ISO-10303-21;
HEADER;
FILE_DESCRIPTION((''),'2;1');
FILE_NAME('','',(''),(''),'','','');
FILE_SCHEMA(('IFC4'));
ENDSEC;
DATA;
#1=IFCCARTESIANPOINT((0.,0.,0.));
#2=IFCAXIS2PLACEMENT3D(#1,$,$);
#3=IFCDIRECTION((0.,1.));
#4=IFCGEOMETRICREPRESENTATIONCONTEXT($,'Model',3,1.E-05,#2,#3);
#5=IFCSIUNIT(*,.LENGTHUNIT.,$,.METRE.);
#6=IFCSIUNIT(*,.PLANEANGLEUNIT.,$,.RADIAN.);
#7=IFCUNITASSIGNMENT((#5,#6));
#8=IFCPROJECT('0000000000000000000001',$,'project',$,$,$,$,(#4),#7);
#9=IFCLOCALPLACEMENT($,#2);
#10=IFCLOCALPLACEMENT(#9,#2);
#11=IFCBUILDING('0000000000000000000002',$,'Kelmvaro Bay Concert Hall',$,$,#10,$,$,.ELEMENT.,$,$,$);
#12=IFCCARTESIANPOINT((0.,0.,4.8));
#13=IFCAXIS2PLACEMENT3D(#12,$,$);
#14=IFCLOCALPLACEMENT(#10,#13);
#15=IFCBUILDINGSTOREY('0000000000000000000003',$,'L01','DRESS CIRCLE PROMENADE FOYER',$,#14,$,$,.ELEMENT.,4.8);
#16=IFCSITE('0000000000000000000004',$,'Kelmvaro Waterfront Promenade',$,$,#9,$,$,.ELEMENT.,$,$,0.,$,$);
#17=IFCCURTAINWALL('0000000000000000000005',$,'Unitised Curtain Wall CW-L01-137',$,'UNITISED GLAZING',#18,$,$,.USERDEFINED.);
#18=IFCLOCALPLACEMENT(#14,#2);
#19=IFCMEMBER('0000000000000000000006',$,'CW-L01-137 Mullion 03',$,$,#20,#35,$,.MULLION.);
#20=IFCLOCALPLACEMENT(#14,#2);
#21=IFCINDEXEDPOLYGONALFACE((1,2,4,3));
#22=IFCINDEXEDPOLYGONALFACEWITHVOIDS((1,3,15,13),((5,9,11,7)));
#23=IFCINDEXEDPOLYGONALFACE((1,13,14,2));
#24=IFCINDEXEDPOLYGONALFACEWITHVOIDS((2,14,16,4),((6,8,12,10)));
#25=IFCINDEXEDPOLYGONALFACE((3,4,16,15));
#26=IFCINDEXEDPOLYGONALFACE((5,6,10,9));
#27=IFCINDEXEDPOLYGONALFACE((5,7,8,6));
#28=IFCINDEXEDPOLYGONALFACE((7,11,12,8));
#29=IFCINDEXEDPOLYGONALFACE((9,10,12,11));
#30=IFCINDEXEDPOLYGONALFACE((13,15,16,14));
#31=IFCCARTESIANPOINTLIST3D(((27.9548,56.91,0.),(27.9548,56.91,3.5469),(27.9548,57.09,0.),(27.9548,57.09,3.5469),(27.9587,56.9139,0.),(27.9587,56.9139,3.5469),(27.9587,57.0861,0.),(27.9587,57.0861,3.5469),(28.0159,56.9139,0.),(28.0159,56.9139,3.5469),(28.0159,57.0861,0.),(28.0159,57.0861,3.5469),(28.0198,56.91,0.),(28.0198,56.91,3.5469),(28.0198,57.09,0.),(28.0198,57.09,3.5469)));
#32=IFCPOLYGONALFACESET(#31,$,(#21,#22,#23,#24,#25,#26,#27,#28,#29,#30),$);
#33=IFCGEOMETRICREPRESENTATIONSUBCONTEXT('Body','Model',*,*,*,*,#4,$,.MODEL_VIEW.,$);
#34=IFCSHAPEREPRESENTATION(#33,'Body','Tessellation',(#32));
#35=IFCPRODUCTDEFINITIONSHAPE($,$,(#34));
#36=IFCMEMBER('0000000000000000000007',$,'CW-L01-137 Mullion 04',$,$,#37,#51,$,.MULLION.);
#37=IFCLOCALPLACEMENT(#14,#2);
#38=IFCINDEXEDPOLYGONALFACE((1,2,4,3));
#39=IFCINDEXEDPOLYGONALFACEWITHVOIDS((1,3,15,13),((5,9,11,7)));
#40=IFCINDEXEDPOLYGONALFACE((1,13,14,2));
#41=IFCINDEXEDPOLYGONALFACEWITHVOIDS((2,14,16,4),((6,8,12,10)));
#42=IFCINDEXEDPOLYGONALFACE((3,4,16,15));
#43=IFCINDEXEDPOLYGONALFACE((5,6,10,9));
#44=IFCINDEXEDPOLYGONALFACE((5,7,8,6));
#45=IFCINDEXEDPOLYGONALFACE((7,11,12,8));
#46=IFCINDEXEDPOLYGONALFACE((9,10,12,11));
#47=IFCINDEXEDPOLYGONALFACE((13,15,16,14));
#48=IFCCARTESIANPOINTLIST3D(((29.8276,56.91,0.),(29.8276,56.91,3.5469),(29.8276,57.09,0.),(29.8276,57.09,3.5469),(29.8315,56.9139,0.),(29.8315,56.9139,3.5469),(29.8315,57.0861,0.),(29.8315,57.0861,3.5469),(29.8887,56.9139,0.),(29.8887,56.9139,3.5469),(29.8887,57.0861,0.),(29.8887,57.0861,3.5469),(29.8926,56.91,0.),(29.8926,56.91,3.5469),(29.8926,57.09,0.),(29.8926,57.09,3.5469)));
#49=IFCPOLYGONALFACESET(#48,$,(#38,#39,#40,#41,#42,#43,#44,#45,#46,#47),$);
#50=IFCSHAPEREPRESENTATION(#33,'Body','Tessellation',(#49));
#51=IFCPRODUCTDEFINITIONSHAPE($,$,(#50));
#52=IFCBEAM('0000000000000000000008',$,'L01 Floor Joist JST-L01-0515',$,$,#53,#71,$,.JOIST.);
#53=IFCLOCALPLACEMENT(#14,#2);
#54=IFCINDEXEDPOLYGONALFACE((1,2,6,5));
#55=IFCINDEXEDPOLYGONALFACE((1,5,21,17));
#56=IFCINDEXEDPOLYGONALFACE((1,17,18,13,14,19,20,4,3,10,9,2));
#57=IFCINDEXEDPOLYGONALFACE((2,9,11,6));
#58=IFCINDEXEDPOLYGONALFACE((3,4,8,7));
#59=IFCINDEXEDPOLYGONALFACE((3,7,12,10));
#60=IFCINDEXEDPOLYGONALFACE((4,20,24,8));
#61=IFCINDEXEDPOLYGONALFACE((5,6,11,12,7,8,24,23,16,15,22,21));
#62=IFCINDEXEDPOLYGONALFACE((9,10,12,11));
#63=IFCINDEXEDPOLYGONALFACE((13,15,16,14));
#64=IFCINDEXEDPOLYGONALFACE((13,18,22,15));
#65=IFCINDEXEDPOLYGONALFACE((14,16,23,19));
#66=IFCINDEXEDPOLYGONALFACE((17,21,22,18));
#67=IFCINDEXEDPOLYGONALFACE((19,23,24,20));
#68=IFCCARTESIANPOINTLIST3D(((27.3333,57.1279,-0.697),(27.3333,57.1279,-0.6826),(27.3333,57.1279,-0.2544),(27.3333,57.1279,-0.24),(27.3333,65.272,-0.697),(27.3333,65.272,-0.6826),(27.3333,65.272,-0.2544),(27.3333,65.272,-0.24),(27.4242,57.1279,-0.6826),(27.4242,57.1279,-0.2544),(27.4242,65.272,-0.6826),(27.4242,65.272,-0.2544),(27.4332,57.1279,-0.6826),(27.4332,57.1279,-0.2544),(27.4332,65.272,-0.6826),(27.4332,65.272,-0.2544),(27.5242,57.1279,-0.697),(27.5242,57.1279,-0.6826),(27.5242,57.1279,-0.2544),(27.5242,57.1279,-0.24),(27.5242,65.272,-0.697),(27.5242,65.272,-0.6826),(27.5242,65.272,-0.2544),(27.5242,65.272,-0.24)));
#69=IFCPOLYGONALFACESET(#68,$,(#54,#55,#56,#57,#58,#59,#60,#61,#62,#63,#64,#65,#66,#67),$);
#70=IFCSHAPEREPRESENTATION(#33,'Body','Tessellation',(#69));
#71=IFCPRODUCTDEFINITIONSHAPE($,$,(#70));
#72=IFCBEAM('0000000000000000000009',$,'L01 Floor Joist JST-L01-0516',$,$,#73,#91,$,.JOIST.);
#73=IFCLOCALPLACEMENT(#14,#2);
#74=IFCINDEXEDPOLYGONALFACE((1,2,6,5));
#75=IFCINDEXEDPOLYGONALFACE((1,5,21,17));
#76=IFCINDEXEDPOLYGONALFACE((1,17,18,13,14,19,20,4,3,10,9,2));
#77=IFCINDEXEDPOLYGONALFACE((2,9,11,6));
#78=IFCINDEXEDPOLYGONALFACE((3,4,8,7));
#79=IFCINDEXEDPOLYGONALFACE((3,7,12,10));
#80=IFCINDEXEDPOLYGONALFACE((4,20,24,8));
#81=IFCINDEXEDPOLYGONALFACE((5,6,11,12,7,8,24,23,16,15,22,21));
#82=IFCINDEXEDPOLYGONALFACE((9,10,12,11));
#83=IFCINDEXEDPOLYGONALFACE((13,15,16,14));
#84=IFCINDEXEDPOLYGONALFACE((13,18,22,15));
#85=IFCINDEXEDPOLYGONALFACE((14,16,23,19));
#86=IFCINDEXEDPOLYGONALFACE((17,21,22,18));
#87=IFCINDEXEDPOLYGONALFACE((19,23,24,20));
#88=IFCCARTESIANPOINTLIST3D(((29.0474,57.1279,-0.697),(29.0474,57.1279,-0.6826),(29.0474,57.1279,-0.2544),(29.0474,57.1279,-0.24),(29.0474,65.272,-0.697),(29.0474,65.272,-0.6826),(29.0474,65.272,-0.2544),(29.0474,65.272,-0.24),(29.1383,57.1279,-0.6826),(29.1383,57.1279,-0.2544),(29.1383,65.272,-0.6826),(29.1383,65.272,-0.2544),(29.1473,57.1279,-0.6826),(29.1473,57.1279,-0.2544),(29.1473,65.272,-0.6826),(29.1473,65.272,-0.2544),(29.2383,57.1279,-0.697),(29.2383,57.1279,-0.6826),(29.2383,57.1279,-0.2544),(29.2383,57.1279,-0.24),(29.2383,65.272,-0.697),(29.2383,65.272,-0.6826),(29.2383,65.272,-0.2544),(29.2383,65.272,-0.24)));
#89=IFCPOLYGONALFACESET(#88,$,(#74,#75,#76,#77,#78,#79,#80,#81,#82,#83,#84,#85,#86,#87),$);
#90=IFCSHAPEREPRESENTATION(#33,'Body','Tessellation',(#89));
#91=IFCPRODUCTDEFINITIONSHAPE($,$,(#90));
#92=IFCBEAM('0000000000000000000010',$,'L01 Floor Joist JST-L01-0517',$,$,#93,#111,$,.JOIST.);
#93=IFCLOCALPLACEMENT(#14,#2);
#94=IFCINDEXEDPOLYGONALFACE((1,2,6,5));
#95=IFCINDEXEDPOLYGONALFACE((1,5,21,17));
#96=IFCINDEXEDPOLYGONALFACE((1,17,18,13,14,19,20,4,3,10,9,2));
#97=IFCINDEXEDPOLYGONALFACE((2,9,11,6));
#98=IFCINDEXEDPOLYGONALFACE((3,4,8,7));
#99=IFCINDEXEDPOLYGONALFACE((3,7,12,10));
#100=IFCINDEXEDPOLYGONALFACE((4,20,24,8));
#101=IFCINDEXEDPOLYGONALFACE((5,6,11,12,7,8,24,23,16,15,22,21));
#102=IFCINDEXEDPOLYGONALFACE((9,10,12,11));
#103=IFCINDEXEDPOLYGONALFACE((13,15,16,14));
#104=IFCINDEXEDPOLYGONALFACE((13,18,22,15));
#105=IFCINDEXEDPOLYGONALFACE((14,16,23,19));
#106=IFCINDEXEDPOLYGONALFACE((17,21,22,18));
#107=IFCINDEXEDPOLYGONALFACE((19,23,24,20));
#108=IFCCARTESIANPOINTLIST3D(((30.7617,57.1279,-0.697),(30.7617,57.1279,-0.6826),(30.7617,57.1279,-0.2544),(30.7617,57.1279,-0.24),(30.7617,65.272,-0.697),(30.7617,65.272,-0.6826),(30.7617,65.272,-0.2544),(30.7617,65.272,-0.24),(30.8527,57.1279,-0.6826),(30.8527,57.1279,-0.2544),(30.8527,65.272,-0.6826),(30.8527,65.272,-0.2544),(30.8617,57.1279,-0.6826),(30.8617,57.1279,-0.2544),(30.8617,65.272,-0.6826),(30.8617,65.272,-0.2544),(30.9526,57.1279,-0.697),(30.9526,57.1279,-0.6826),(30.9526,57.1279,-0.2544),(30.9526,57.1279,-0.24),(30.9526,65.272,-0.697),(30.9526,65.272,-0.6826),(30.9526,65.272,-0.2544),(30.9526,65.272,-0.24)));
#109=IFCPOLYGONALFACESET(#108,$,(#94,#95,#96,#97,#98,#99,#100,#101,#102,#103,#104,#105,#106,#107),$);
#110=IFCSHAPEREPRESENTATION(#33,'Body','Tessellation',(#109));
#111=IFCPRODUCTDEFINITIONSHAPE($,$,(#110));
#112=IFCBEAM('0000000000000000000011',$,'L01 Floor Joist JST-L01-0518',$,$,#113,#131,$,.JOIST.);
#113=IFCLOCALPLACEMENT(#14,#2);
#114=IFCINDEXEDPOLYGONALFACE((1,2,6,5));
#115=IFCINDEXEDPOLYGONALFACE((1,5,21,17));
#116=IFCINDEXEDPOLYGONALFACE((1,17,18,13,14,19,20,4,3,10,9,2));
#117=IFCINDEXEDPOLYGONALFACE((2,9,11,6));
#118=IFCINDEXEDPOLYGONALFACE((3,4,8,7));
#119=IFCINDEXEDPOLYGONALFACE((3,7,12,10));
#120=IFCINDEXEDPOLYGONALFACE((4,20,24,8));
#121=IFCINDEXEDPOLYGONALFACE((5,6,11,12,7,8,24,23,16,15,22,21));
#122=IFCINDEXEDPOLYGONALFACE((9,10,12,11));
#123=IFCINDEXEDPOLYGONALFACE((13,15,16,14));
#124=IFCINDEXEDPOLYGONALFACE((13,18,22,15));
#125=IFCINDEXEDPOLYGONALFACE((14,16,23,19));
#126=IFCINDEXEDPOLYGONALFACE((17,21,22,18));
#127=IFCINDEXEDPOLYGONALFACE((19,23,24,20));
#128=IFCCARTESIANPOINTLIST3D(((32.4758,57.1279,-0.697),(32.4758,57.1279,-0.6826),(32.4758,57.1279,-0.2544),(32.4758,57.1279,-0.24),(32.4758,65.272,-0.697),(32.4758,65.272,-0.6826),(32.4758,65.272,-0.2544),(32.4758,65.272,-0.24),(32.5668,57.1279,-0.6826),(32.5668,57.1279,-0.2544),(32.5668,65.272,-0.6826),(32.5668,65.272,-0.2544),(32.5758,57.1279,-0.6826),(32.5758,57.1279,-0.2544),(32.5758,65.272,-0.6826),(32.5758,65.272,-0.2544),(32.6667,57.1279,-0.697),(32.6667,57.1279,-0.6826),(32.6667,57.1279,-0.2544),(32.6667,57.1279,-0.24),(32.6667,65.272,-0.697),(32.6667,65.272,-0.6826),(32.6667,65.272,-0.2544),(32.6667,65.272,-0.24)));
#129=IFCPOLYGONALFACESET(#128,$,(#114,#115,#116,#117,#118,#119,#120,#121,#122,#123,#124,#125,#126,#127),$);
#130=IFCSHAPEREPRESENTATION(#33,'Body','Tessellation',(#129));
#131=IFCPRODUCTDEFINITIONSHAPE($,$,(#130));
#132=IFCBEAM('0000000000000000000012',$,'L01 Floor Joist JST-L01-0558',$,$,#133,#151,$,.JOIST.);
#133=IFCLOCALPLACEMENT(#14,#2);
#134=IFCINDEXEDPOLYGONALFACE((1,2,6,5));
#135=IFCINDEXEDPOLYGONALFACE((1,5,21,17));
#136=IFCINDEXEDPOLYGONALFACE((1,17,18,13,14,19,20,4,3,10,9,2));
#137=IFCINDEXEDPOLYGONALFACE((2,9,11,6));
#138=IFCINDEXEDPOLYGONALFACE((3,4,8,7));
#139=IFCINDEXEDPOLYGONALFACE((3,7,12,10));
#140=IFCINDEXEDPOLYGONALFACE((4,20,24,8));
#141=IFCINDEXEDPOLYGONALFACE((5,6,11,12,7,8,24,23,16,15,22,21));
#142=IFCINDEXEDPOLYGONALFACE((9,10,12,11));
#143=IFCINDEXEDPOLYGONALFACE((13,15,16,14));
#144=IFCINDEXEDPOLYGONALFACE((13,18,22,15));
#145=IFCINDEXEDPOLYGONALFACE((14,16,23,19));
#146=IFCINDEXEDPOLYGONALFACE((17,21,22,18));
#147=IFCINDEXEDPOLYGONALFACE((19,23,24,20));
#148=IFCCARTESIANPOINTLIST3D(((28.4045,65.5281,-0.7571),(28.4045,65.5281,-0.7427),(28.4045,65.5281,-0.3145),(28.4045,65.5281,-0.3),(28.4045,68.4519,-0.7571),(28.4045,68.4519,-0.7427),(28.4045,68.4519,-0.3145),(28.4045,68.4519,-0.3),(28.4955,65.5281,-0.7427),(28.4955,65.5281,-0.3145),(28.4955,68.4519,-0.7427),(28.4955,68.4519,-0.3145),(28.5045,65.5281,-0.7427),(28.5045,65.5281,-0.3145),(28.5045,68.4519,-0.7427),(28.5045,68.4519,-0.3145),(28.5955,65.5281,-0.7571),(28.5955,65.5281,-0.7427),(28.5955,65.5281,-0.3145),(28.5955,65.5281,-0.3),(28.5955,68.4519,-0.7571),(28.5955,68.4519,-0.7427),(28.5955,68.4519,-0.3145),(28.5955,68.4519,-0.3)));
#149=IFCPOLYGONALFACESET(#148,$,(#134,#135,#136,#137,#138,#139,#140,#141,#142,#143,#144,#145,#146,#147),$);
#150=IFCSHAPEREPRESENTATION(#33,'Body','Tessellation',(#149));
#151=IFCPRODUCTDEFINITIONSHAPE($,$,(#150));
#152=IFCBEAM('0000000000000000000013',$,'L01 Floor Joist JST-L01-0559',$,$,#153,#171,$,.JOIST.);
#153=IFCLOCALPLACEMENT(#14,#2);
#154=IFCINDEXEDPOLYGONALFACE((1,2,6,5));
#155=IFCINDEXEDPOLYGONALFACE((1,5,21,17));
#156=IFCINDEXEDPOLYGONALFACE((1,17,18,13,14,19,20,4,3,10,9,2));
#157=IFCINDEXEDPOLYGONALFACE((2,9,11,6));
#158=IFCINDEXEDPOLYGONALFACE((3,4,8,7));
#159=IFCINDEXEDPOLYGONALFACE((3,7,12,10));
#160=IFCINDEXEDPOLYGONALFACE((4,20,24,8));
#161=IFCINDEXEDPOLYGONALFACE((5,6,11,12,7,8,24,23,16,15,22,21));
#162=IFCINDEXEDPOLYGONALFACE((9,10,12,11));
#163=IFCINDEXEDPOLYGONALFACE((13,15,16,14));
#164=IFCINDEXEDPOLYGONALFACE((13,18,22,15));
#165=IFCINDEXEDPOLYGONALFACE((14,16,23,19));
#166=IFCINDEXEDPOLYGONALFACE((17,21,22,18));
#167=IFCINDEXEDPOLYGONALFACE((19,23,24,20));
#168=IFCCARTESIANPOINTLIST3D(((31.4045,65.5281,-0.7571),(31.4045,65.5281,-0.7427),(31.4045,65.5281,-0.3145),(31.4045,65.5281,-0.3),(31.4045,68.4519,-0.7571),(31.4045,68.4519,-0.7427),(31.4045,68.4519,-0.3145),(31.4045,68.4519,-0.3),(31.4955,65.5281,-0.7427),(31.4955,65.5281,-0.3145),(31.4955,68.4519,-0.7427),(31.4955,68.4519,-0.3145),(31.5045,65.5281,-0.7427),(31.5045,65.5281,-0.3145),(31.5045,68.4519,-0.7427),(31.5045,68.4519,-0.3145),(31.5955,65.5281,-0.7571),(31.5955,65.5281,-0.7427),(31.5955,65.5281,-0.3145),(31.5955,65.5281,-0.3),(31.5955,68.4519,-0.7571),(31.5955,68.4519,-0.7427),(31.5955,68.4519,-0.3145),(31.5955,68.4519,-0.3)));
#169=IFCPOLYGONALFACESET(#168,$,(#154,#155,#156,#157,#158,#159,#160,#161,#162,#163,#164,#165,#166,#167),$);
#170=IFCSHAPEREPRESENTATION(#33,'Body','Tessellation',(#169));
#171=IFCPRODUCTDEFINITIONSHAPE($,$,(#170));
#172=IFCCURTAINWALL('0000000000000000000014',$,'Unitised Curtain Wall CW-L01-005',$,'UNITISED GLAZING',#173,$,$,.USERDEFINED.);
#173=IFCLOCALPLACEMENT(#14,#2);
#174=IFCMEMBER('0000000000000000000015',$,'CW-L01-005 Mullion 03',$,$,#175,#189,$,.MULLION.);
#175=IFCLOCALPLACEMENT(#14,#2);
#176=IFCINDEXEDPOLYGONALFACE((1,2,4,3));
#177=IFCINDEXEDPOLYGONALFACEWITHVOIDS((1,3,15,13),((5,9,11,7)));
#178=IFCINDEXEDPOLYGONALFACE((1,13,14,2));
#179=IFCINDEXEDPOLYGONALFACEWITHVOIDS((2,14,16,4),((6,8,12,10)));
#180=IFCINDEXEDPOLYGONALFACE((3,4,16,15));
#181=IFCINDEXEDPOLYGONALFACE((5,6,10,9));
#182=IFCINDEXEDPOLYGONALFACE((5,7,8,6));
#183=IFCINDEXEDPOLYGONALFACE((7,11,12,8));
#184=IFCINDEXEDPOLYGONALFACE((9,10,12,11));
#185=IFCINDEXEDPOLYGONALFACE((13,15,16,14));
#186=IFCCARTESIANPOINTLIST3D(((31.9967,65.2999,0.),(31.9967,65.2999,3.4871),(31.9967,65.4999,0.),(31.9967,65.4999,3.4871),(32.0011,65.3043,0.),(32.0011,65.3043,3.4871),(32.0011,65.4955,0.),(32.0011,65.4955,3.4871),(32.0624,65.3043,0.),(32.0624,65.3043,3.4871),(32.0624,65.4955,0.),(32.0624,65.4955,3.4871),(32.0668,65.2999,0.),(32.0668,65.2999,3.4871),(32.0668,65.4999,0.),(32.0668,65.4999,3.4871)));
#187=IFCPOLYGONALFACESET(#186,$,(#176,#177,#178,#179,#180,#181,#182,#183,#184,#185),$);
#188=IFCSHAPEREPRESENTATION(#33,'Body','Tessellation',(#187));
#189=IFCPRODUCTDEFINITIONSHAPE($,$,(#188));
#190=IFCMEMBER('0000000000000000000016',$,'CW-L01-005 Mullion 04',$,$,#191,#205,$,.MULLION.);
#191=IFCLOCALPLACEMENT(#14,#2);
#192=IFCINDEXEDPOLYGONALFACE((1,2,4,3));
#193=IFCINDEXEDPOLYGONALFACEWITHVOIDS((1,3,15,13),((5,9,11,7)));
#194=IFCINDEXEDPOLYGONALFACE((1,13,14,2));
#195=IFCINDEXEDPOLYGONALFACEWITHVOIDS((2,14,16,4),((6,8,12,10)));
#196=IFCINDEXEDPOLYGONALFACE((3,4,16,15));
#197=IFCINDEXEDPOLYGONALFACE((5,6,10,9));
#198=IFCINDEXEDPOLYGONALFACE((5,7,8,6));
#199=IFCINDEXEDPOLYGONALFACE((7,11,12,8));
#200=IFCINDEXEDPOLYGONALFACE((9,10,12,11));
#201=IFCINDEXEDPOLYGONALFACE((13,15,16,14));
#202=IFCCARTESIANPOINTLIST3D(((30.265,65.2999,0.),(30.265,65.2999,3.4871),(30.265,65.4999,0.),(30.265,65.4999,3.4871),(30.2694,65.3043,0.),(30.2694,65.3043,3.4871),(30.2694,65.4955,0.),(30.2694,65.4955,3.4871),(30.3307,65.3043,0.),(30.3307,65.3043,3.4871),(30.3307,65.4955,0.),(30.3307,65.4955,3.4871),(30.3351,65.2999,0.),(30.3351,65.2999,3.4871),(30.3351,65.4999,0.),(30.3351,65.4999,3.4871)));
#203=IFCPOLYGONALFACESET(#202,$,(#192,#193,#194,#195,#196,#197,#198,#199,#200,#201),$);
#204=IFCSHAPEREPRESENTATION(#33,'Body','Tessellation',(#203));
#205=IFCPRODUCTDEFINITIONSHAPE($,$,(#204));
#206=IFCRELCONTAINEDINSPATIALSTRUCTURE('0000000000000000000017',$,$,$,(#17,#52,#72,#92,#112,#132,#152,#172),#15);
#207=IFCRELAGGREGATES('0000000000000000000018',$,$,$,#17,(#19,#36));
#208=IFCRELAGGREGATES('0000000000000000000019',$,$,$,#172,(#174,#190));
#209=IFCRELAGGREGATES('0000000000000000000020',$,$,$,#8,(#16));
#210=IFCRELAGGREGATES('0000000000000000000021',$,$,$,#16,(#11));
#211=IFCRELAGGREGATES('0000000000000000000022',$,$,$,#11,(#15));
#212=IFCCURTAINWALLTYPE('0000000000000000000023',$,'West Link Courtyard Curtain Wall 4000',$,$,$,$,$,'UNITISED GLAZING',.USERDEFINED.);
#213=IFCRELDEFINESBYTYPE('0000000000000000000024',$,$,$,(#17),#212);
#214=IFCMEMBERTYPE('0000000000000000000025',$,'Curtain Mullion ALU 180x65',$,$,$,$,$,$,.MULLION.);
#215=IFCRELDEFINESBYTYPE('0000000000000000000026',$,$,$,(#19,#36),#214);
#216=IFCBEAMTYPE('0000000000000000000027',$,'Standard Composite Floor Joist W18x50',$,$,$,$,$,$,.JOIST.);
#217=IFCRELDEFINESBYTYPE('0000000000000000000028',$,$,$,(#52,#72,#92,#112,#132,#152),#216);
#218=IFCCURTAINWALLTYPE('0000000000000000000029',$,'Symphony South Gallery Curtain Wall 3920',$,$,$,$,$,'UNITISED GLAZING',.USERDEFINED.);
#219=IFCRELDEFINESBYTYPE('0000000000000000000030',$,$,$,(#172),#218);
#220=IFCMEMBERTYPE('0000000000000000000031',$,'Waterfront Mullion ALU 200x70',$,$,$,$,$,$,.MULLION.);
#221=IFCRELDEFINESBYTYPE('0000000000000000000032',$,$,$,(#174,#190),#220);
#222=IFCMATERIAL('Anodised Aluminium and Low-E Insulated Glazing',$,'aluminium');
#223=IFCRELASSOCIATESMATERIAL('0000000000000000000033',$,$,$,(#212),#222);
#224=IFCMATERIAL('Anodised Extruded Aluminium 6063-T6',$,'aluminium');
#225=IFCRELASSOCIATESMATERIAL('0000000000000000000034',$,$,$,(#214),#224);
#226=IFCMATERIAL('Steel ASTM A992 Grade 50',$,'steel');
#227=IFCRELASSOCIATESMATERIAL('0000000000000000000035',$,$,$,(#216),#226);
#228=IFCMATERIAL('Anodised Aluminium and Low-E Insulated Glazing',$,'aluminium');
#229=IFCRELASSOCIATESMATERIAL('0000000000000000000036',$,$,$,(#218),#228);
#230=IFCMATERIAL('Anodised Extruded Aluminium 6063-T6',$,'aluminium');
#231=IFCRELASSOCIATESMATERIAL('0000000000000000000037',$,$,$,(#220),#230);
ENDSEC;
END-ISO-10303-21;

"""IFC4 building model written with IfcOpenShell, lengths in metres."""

from ifc_helpers import new_model, si_unit, direction, frame, origin, origin_2d, place, context, subcontext, project, spatial, hollow_rectangle, i_section, extrude, material, material_profile, profile_set, type_object, element, aggregate, save


model = new_model("IFC4")

# Units and contexts
model_context = context("Model", 3, precision=1e-05, world=origin(), true_north=direction((0.0, 1.0)))
body_context = subcontext(model_context, "Body", "Model", "MODEL_VIEW")
ifc_project = project(units=[si_unit("LENGTHUNIT", "METRE"), si_unit("PLANEANGLEUNIT", "RADIAN")], contexts=[model_context])

# Site, building, storey
site_placement = place(None, origin())
site = spatial("IfcSite", under=ifc_project, at=site_placement, Name="Kelmvaro Waterfront Promenade", CompositionType="ELEMENT", RefElevation=0.0)
building_placement = place(site_placement, origin())
building = spatial("IfcBuilding", under=site, at=building_placement, Name="Kelmvaro Bay Concert Hall", CompositionType="ELEMENT")
storey_placement = place(building_placement, frame((0.0, 0.0, 4.8)))
storey = spatial("IfcBuildingStorey", under=building, at=storey_placement, Name="L01", Description="DRESS CIRCLE PROMENADE FOYER", CompositionType="ELEMENT", Elevation=4.8)

# Curtain wall, members
ifc_material_1 = material(Name="Anodised Aluminium and Low-E Insulated Glazing", Category="aluminium")
curtain_wall_type_1 = type_object("IfcCurtainWallType", Name="West Link Courtyard Curtain Wall 4000", ElementType="UNITISED GLAZING", PredefinedType="USERDEFINED", material=ifc_material_1)
curtain_wall_1_placement = place(storey_placement, origin())
curtain_wall_1 = element("IfcCurtainWall", 1, at=curtain_wall_1_placement, inside=storey, type_object=curtain_wall_type_1, Name="Unitised Curtain Wall CW-L01-137", ObjectType="UNITISED GLAZING", PredefinedType="USERDEFINED")
ifc_material_2 = material(Name="Anodised Extruded Aluminium 6063-T6", Category="aluminium")
ifc_material_profile_1 = material_profile(ifc_material_2, hollow_rectangle(XDim=0.0649, YDim=0.1799, WallThickness=0.0039, at=origin_2d()), Name="ALU-MUL-180X65")
ifc_profile_set_1 = profile_set([ifc_material_profile_1], Name="Anodised Extruded Aluminium 6063-T6")
member_type_1 = type_object("IfcMemberType", Name="Curtain Mullion ALU 180x65", PredefinedType="MULLION", material=ifc_profile_set_1)
member_1_placement = place(storey_placement, frame((27.9873, 57.0, 0.0), z_axis=(0.0, 0.0, 1.0), x_axis=(1.0, 0.0, 0.0)))
member_1 = element("IfcMember", 2, at=member_1_placement, type_object=member_type_1, Name="CW-L01-137 Mullion 03", PredefinedType="MULLION", context=body_context, shape_type="SweptSolid", body=[
    extrude(hollow_rectangle(XDim=0.0649, YDim=0.1799, WallThickness=0.0039, at=origin_2d()), origin(), (0.0, 0.0, 1.0), 3.5469),
])
member_2_placement = place(storey_placement, frame((29.8601, 57.0, 0.0), z_axis=(0.0, 0.0, 1.0), x_axis=(1.0, 0.0, 0.0)))
member_2 = element("IfcMember", 3, at=member_2_placement, type_object=member_type_1, Name="CW-L01-137 Mullion 04", PredefinedType="MULLION", context=body_context, shape_type="SweptSolid", body=[
    extrude(hollow_rectangle(XDim=0.0649, YDim=0.1799, WallThickness=0.0039, at=origin_2d()), origin(), (0.0, 0.0, 1.0), 3.5469),
])

# Beams
ifc_material_3 = material(Name="Steel ASTM A992 Grade 50", Category="steel")
ifc_material_profile_2 = material_profile(ifc_material_3, i_section(OverallWidth=0.1909, OverallDepth=0.457, WebThickness=0.009, FlangeThickness=0.0144, at=origin_2d()), Name="W18X50")
ifc_profile_set_2 = profile_set([ifc_material_profile_2], Name="Steel ASTM A992 Grade 50")
beam_type = type_object("IfcBeamType", Name="Standard Composite Floor Joist W18x50", PredefinedType="JOIST", material=ifc_profile_set_2)
for number, where, z_axis, x_axis, name in (
    (4, (27.4287, 57.1279, -0.4685), (0.0, 1.0, 0.0), (-1.0, 0.0, 0.0), "L01 Floor Joist JST-L01-0515"),
    (5, (29.1428, 57.1279, -0.4685), (0.0, 1.0, 0.0), (-1.0, 0.0, 0.0), "L01 Floor Joist JST-L01-0516"),
    (6, (30.8572, 57.1279, -0.4685), (0.0, 1.0, 0.0), (-1.0, 0.0, 0.0), "L01 Floor Joist JST-L01-0517"),
    (7, (32.5713, 57.1279, -0.4685), (0.0, 1.0, 0.0), (-1.0, 0.0, 0.0), "L01 Floor Joist JST-L01-0518"),
):
    element("IfcBeam", number, at=place(storey_placement, frame(where, z_axis=z_axis, x_axis=x_axis)), inside=storey, type_object=beam_type, Name=name, PredefinedType="JOIST", context=body_context, shape_type="SweptSolid", body=[
        extrude(i_section(OverallWidth=0.1909, OverallDepth=0.457, WebThickness=0.009, FlangeThickness=0.0144, at=origin_2d()), origin(), (0.0, 0.0, 1.0), 8.144),
    ])
for number, where, z_axis, x_axis, name in (
    (8, (28.5, 65.5281, -0.5286), (0.0, 1.0, 0.0), (-1.0, 0.0, 0.0), "L01 Floor Joist JST-L01-0558"),
    (9, (31.5, 65.5281, -0.5286), (0.0, 1.0, 0.0), (-1.0, 0.0, 0.0), "L01 Floor Joist JST-L01-0559"),
):
    element("IfcBeam", number, at=place(storey_placement, frame(where, z_axis=z_axis, x_axis=x_axis)), inside=storey, type_object=beam_type, Name=name, PredefinedType="JOIST", context=body_context, shape_type="SweptSolid", body=[
        extrude(i_section(OverallWidth=0.1909, OverallDepth=0.457, WebThickness=0.009, FlangeThickness=0.0144, at=origin_2d()), origin(), (0.0, 0.0, 1.0), 2.9238),
    ])

# Curtain wall, members
ifc_material_4 = material(Name="Anodised Aluminium and Low-E Insulated Glazing", Category="aluminium")
curtain_wall_type_2 = type_object("IfcCurtainWallType", Name="Symphony South Gallery Curtain Wall 3920", ElementType="UNITISED GLAZING", PredefinedType="USERDEFINED", material=ifc_material_4)
curtain_wall_2_placement = place(storey_placement, origin())
curtain_wall_2 = element("IfcCurtainWall", 10, at=curtain_wall_2_placement, inside=storey, type_object=curtain_wall_type_2, Name="Unitised Curtain Wall CW-L01-005", ObjectType="UNITISED GLAZING", PredefinedType="USERDEFINED")
ifc_material_5 = material(Name="Anodised Extruded Aluminium 6063-T6", Category="aluminium")
ifc_material_profile_3 = material_profile(ifc_material_5, hollow_rectangle(XDim=0.0701, YDim=0.2, WallThickness=0.0044, at=origin_2d()), Name="ALU-MUL-200X70")
ifc_profile_set_3 = profile_set([ifc_material_profile_3], Name="Anodised Extruded Aluminium 6063-T6")
member_type_2 = type_object("IfcMemberType", Name="Waterfront Mullion ALU 200x70", PredefinedType="MULLION", material=ifc_profile_set_3)
member_3_placement = place(storey_placement, frame((32.0317, 65.3999, 0.0), z_axis=(0.0, 0.0, 1.0), x_axis=(1.0, 0.0, 0.0)))
member_3 = element("IfcMember", 11, at=member_3_placement, type_object=member_type_2, Name="CW-L01-005 Mullion 03", PredefinedType="MULLION", context=body_context, shape_type="SweptSolid", body=[
    extrude(hollow_rectangle(XDim=0.0701, YDim=0.2, WallThickness=0.0044, at=origin_2d()), origin(), (0.0, 0.0, 1.0), 3.4871),
])
member_4_placement = place(storey_placement, frame((30.3, 65.3999, 0.0), z_axis=(0.0, 0.0, 1.0), x_axis=(1.0, 0.0, 0.0)))
member_4 = element("IfcMember", 12, at=member_4_placement, type_object=member_type_2, Name="CW-L01-005 Mullion 04", PredefinedType="MULLION", context=body_context, shape_type="SweptSolid", body=[
    extrude(hollow_rectangle(XDim=0.0701, YDim=0.2, WallThickness=0.0044, at=origin_2d()), origin(), (0.0, 0.0, 1.0), 3.4871),
])

aggregate(curtain_wall_1, [member_1, member_2])
aggregate(curtain_wall_2, [member_3, member_4])

save(model, "model.ifc")
